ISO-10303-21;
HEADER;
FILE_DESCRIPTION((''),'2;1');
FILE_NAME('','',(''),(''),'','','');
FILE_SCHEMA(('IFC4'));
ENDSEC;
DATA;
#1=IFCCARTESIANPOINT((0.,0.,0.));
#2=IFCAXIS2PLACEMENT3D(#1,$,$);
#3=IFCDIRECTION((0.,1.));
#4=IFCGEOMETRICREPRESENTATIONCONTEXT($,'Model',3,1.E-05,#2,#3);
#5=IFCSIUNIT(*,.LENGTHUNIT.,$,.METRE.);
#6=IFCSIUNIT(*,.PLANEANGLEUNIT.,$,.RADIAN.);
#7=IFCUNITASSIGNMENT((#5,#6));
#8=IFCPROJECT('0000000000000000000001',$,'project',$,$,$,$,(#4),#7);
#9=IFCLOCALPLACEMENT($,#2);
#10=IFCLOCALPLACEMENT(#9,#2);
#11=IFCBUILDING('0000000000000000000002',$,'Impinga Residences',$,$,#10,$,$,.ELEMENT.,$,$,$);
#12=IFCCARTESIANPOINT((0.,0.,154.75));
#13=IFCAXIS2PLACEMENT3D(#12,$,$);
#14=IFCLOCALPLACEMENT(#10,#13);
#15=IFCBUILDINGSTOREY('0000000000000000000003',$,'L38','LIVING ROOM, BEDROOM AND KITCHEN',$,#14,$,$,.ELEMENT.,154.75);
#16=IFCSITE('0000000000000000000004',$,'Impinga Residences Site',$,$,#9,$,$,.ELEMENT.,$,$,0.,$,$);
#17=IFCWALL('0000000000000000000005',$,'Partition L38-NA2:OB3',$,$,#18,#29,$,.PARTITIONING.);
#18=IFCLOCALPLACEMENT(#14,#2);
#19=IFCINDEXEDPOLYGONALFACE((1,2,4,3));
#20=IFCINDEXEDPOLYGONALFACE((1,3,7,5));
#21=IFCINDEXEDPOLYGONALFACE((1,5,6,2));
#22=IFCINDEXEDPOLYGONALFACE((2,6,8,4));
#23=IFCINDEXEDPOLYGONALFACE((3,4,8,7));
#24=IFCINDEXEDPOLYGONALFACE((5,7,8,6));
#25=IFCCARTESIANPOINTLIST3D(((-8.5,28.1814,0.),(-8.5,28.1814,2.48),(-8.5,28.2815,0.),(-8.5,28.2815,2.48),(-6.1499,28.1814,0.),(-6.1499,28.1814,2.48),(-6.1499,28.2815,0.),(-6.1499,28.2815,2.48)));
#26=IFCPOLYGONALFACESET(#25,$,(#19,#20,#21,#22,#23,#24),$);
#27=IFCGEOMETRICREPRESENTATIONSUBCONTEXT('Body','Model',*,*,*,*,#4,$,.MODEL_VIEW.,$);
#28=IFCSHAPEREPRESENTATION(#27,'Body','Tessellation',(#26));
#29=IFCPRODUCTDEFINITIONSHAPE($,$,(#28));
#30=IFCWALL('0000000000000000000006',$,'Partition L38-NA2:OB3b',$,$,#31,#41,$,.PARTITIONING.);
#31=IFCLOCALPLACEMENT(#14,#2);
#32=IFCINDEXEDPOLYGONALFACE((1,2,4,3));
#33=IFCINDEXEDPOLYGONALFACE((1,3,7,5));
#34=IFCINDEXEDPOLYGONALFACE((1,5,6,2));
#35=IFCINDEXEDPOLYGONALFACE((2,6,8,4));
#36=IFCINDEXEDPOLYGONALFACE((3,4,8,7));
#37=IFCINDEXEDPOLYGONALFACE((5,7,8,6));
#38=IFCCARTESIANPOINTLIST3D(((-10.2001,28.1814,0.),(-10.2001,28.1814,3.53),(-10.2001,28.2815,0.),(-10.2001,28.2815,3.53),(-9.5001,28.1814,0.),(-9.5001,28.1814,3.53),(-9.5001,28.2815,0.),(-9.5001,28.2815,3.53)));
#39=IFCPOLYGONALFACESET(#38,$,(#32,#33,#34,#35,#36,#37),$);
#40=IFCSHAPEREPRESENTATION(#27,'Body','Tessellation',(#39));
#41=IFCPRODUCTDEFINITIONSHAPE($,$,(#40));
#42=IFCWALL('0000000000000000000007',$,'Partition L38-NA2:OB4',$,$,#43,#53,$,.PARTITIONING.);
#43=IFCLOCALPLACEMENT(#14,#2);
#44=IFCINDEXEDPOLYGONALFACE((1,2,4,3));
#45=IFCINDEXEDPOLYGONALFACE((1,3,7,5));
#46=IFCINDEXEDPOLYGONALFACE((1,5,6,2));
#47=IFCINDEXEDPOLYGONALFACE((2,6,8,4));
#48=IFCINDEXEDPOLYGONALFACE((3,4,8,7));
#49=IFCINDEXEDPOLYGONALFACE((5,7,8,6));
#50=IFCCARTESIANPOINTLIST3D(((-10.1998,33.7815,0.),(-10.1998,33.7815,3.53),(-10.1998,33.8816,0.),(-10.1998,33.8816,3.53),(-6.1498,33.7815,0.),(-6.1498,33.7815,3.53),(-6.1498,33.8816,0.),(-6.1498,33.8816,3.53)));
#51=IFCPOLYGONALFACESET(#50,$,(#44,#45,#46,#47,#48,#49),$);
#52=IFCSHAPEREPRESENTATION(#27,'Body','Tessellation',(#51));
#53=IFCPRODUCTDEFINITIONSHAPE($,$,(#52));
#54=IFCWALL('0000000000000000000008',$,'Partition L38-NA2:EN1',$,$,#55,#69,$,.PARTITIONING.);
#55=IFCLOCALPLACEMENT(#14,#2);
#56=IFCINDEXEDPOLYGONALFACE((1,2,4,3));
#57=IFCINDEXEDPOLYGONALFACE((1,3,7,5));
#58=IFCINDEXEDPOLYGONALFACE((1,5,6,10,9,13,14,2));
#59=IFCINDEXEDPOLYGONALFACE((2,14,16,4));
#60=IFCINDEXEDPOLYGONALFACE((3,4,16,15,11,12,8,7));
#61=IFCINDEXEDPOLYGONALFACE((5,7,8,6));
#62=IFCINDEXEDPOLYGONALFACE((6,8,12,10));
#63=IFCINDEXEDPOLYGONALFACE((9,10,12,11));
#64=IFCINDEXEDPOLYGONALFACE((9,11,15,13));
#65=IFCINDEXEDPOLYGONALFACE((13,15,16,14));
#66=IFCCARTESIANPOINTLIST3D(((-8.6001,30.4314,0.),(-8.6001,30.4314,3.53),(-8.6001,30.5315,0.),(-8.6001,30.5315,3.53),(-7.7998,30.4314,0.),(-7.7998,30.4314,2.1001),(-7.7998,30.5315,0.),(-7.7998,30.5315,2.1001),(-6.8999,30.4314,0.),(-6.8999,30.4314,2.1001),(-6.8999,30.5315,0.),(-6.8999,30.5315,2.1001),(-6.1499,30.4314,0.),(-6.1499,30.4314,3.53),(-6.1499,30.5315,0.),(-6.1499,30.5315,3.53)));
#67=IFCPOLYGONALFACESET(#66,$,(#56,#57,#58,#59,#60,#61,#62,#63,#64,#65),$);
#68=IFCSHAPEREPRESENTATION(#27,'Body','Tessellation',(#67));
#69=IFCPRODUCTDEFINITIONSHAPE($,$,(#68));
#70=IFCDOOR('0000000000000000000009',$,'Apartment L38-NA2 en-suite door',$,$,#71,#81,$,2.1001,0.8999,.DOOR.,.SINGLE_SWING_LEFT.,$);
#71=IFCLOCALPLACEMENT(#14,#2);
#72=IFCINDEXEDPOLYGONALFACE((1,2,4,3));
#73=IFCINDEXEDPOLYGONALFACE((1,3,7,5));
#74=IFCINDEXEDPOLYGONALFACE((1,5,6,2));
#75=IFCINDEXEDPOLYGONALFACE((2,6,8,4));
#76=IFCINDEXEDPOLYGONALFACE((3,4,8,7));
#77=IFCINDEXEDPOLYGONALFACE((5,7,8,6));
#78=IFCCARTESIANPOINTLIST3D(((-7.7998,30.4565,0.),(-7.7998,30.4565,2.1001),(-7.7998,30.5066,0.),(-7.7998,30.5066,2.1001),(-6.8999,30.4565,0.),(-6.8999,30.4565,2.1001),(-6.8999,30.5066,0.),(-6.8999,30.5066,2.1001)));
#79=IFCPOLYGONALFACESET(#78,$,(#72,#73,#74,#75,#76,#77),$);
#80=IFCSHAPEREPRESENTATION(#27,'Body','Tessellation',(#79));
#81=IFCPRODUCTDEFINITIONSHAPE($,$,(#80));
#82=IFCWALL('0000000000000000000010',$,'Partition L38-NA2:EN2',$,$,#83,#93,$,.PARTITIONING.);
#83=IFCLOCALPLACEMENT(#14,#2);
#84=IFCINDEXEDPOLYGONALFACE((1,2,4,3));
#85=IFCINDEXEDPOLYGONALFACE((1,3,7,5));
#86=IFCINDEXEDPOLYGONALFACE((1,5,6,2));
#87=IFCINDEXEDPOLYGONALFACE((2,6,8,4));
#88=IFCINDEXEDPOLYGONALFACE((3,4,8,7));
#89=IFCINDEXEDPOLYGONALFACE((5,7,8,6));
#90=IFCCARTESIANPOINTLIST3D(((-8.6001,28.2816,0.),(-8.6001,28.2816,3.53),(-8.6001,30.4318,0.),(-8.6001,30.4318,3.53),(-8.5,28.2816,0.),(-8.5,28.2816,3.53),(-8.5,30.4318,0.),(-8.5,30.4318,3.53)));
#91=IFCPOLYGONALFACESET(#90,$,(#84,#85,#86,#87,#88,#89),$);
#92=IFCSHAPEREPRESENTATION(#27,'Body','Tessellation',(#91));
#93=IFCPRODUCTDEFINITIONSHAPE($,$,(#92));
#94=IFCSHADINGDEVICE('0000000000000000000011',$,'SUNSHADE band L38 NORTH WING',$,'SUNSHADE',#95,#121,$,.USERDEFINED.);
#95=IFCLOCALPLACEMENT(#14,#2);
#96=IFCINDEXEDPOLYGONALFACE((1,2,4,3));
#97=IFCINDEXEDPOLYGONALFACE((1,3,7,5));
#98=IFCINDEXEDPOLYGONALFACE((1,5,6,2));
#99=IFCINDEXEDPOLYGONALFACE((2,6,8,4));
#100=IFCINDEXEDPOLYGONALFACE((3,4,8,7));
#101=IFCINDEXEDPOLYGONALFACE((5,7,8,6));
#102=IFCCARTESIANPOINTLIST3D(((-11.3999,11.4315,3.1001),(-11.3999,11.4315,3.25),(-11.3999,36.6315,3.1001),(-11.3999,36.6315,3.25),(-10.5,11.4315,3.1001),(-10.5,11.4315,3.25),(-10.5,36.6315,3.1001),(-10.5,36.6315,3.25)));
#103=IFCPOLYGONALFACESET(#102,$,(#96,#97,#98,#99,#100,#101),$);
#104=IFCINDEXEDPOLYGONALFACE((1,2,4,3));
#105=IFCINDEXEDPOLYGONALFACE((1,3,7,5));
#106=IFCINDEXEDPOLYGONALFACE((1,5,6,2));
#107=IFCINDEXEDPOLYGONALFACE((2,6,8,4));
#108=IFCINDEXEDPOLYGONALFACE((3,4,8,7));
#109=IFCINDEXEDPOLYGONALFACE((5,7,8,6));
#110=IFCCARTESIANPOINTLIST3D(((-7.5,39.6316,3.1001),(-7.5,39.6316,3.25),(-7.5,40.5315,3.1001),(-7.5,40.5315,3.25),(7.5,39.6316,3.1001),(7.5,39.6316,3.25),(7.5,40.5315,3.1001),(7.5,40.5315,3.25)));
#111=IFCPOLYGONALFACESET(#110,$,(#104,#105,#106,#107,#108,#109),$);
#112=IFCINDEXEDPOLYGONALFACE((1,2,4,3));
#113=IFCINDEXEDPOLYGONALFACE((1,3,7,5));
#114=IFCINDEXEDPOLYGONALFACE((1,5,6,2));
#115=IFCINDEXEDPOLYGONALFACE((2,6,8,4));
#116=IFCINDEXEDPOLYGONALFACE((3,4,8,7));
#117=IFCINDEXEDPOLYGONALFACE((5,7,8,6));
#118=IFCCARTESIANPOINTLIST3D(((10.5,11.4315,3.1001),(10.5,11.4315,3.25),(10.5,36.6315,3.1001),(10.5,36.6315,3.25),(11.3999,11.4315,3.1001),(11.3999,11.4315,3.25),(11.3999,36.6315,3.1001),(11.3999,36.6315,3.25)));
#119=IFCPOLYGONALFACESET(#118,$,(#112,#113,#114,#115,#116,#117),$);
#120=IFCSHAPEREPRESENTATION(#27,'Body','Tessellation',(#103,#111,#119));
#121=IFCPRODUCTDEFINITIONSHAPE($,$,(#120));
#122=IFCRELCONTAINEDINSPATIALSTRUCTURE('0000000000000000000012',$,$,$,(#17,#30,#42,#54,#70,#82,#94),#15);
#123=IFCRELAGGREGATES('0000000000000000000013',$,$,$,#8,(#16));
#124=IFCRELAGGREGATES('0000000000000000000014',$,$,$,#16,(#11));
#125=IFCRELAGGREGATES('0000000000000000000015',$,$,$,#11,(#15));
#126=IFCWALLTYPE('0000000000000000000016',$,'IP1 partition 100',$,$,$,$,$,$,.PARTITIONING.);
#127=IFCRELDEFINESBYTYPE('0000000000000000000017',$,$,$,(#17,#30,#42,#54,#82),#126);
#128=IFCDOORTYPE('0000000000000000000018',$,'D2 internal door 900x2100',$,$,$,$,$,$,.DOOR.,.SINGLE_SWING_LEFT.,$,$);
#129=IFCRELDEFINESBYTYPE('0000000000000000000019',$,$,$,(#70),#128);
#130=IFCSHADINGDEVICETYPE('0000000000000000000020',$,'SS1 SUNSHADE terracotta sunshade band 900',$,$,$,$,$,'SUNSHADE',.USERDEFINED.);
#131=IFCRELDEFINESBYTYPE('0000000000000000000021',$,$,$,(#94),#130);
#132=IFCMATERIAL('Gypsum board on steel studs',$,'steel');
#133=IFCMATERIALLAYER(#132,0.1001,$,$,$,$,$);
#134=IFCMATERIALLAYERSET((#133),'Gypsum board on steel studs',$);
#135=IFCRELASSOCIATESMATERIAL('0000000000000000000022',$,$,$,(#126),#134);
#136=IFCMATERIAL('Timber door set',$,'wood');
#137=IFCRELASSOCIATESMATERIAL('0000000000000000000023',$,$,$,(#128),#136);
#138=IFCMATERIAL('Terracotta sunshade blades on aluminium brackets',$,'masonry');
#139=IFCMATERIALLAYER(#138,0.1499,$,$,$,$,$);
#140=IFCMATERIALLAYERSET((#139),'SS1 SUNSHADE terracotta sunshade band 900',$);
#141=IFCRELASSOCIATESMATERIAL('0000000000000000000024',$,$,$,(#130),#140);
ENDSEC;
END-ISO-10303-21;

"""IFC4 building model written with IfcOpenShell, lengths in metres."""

from ifc_helpers import new_model, si_unit, direction, frame, frame_2d, origin, origin_2d, place, context, subcontext, project, spatial, rectangle, extrude, material, layer, layer_set, type_object, element, fill, save


model = new_model("IFC4")

# Units and contexts
model_context = context("Model", 3, precision=1e-05, world=origin(), true_north=direction((0.0, 1.0)))
body_context = subcontext(model_context, "Body", "Model", "MODEL_VIEW")
ifc_project = project(units=[si_unit("LENGTHUNIT", "METRE"), si_unit("PLANEANGLEUNIT", "RADIAN")], contexts=[model_context])

# Site, building, storey
site_placement = place(None, origin())
site = spatial("IfcSite", under=ifc_project, at=site_placement, Name="Impinga Residences Site", CompositionType="ELEMENT", RefElevation=0.0)
building_placement = place(site_placement, origin())
building = spatial("IfcBuilding", under=site, at=building_placement, Name="Impinga Residences", CompositionType="ELEMENT")
storey_placement = place(building_placement, frame((0.0, 0.0, 154.75)))
storey = spatial("IfcBuildingStorey", under=building, at=storey_placement, Name="L38", Description="LIVING ROOM, BEDROOM AND KITCHEN", CompositionType="ELEMENT", Elevation=154.75)

# Shared definitions
ifc_material_1 = material(Name="Timber door set", Category="wood")

# Walls
ifc_material_2 = material(Name="Gypsum board on steel studs", Category="steel")
ifc_layer_1 = layer(ifc_material_2, 0.1001)
ifc_layer_set_1 = layer_set([ifc_layer_1], Name="Gypsum board on steel studs")
wall_type_1 = type_object("IfcWallType", Name="IP1 partition 100", PredefinedType="PARTITIONING", material=ifc_layer_set_1)
wall_1_placement = place(storey_placement, frame((-6.1499, 28.2314, 0.0), z_axis=(0.0, 0.0, 1.0), x_axis=(-1.0, 0.0, 0.0)))
element("IfcWall", 1, at=wall_1_placement, inside=storey, type_object=wall_type_1, Name="Partition L38-NA2:OB3", PredefinedType="PARTITIONING", context=body_context, shape_type="SweptSolid", body=[
    extrude(rectangle(XDim=2.3501, YDim=0.1001, at=frame_2d((1.175, 0.0))), origin(), (0.0, 0.0, 1.0), 2.48),
])
wall_2_placement = place(storey_placement, frame((-9.5, 28.2314, 0.0), z_axis=(0.0, 0.0, 1.0), x_axis=(-1.0, 0.0, 0.0)))
element("IfcWall", 2, at=wall_2_placement, inside=storey, type_object=wall_type_1, Name="Partition L38-NA2:OB3b", PredefinedType="PARTITIONING", context=body_context, shape_type="SweptSolid", body=[
    extrude(rectangle(XDim=0.7, YDim=0.1001, at=frame_2d((0.3501, 0.0))), origin(), (0.0, 0.0, 1.0), 3.53),
])
wall_3_placement = place(storey_placement, frame((-6.1499, 33.8315, 0.0), z_axis=(0.0, 0.0, 1.0), x_axis=(-1.0, 0.0, 0.0)))
element("IfcWall", 3, at=wall_3_placement, inside=storey, type_object=wall_type_1, Name="Partition L38-NA2:OB4", PredefinedType="PARTITIONING", context=body_context, shape_type="SweptSolid", body=[
    extrude(rectangle(XDim=4.05, YDim=0.1001, at=frame_2d((2.0249, 0.0))), origin(), (0.0, 0.0, 1.0), 3.53),
])

# Wall, opening, door
wall_4_placement = place(storey_placement, frame((-6.1499, 30.4814, 0.0), z_axis=(0.0, 0.0, 1.0), x_axis=(-1.0, 0.0, 0.0)))
wall_4 = element("IfcWall", 4, at=wall_4_placement, inside=storey, type_object=wall_type_1, Name="Partition L38-NA2:EN1", PredefinedType="PARTITIONING", context=body_context, shape_type="SweptSolid", body=[
    extrude(rectangle(XDim=2.4502, YDim=0.1001, at=frame_2d((1.2251, 0.0))), origin(), (0.0, 0.0, 1.0), 3.53),
])
opening_1_placement = place(wall_4_placement, frame((0.75, 0.0, 0.0)))
opening_1 = element("IfcOpeningElement", 5, at=opening_1_placement, cuts=wall_4, PredefinedType="OPENING", context=body_context, shape_type="SweptSolid", body=[
    extrude(rectangle(XDim=0.8999, YDim=2.1001, at=frame_2d((0.45, 1.05))), frame((0.0, 0.0601, 0.0), z_axis=(0.0, -1.0, 0.0), x_axis=(1.0, 0.0, 0.0)), (0.0, 0.0, 1.0), 0.1201),
])
door_type_1 = type_object("IfcDoorType", Name="D2 internal door 900x2100", OperationType="SINGLE_SWING_LEFT", PredefinedType="DOOR", material=ifc_material_1)
door_1_placement = place(opening_1_placement, origin())
door_1 = element("IfcDoor", 6, at=door_1_placement, inside=storey, type_object=door_type_1, Name="Apartment L38-NA2 en-suite door", OperationType="SINGLE_SWING_LEFT", OverallHeight=2.1001, OverallWidth=0.8999, PredefinedType="DOOR", context=body_context, shape_type="SweptSolid", body=[
    extrude(rectangle(XDim=0.8999, YDim=2.1001, at=frame_2d((0.45, 1.05))), frame((0.0, 0.0249, 0.0), z_axis=(0.0, -1.0, 0.0), x_axis=(1.0, 0.0, 0.0)), (0.0, 0.0, 1.0), 0.05),
])
fill(opening_1, door_1)

# Wall
wall_5_placement = place(storey_placement, frame((-8.55, 28.2815, 0.0), z_axis=(0.0, 0.0, 1.0), x_axis=(0.0, 1.0, 0.0)))
element("IfcWall", 7, at=wall_5_placement, inside=storey, type_object=wall_type_1, Name="Partition L38-NA2:EN2", PredefinedType="PARTITIONING", context=body_context, shape_type="SweptSolid", body=[
    extrude(rectangle(XDim=2.1501, YDim=0.1001, at=frame_2d((1.0752, 0.0))), origin(), (0.0, 0.0, 1.0), 3.53),
])

# Shading device
ifc_material_3 = material(Name="Terracotta sunshade blades on aluminium brackets", Category="masonry")
ifc_layer_2 = layer(ifc_material_3, 0.1499)
ifc_layer_set_2 = layer_set([ifc_layer_2], Name="SS1 SUNSHADE terracotta sunshade band 900")
shading_device_type = type_object("IfcShadingDeviceType", Name="SS1 SUNSHADE terracotta sunshade band 900", ElementType="SUNSHADE", PredefinedType="USERDEFINED", material=ifc_layer_set_2)
shading_device_placement = place(storey_placement, frame((-10.95, 24.0315, 3.1001), z_axis=(0.0, 0.0, 1.0), x_axis=(0.0, 1.0, 0.0)))
element("IfcShadingDevice", 8, at=shading_device_placement, inside=storey, type_object=shading_device_type, Name="SUNSHADE band L38 NORTH WING", ObjectType="SUNSHADE", PredefinedType="USERDEFINED", context=body_context, shape_type="SweptSolid", body=[
    extrude(rectangle(XDim=25.2, YDim=0.8999, at=origin_2d()), origin(), (0.0, 0.0, 1.0), 0.1499),
    extrude(rectangle(XDim=15.0, YDim=0.8999, at=origin_2d()), frame((16.05, -10.95, 0.0), z_axis=(0.0, 0.0, 1.0), x_axis=(0.0, -1.0, 0.0)), (0.0, 0.0, 1.0), 0.1499),
    extrude(rectangle(XDim=25.2, YDim=0.8999, at=origin_2d()), frame((0.0, -21.8999, 0.0), z_axis=(0.0, 0.0, 1.0), x_axis=(-1.0, 0.0, 0.0)), (0.0, 0.0, 1.0), 0.1499),
])

save(model, "model.ifc")
